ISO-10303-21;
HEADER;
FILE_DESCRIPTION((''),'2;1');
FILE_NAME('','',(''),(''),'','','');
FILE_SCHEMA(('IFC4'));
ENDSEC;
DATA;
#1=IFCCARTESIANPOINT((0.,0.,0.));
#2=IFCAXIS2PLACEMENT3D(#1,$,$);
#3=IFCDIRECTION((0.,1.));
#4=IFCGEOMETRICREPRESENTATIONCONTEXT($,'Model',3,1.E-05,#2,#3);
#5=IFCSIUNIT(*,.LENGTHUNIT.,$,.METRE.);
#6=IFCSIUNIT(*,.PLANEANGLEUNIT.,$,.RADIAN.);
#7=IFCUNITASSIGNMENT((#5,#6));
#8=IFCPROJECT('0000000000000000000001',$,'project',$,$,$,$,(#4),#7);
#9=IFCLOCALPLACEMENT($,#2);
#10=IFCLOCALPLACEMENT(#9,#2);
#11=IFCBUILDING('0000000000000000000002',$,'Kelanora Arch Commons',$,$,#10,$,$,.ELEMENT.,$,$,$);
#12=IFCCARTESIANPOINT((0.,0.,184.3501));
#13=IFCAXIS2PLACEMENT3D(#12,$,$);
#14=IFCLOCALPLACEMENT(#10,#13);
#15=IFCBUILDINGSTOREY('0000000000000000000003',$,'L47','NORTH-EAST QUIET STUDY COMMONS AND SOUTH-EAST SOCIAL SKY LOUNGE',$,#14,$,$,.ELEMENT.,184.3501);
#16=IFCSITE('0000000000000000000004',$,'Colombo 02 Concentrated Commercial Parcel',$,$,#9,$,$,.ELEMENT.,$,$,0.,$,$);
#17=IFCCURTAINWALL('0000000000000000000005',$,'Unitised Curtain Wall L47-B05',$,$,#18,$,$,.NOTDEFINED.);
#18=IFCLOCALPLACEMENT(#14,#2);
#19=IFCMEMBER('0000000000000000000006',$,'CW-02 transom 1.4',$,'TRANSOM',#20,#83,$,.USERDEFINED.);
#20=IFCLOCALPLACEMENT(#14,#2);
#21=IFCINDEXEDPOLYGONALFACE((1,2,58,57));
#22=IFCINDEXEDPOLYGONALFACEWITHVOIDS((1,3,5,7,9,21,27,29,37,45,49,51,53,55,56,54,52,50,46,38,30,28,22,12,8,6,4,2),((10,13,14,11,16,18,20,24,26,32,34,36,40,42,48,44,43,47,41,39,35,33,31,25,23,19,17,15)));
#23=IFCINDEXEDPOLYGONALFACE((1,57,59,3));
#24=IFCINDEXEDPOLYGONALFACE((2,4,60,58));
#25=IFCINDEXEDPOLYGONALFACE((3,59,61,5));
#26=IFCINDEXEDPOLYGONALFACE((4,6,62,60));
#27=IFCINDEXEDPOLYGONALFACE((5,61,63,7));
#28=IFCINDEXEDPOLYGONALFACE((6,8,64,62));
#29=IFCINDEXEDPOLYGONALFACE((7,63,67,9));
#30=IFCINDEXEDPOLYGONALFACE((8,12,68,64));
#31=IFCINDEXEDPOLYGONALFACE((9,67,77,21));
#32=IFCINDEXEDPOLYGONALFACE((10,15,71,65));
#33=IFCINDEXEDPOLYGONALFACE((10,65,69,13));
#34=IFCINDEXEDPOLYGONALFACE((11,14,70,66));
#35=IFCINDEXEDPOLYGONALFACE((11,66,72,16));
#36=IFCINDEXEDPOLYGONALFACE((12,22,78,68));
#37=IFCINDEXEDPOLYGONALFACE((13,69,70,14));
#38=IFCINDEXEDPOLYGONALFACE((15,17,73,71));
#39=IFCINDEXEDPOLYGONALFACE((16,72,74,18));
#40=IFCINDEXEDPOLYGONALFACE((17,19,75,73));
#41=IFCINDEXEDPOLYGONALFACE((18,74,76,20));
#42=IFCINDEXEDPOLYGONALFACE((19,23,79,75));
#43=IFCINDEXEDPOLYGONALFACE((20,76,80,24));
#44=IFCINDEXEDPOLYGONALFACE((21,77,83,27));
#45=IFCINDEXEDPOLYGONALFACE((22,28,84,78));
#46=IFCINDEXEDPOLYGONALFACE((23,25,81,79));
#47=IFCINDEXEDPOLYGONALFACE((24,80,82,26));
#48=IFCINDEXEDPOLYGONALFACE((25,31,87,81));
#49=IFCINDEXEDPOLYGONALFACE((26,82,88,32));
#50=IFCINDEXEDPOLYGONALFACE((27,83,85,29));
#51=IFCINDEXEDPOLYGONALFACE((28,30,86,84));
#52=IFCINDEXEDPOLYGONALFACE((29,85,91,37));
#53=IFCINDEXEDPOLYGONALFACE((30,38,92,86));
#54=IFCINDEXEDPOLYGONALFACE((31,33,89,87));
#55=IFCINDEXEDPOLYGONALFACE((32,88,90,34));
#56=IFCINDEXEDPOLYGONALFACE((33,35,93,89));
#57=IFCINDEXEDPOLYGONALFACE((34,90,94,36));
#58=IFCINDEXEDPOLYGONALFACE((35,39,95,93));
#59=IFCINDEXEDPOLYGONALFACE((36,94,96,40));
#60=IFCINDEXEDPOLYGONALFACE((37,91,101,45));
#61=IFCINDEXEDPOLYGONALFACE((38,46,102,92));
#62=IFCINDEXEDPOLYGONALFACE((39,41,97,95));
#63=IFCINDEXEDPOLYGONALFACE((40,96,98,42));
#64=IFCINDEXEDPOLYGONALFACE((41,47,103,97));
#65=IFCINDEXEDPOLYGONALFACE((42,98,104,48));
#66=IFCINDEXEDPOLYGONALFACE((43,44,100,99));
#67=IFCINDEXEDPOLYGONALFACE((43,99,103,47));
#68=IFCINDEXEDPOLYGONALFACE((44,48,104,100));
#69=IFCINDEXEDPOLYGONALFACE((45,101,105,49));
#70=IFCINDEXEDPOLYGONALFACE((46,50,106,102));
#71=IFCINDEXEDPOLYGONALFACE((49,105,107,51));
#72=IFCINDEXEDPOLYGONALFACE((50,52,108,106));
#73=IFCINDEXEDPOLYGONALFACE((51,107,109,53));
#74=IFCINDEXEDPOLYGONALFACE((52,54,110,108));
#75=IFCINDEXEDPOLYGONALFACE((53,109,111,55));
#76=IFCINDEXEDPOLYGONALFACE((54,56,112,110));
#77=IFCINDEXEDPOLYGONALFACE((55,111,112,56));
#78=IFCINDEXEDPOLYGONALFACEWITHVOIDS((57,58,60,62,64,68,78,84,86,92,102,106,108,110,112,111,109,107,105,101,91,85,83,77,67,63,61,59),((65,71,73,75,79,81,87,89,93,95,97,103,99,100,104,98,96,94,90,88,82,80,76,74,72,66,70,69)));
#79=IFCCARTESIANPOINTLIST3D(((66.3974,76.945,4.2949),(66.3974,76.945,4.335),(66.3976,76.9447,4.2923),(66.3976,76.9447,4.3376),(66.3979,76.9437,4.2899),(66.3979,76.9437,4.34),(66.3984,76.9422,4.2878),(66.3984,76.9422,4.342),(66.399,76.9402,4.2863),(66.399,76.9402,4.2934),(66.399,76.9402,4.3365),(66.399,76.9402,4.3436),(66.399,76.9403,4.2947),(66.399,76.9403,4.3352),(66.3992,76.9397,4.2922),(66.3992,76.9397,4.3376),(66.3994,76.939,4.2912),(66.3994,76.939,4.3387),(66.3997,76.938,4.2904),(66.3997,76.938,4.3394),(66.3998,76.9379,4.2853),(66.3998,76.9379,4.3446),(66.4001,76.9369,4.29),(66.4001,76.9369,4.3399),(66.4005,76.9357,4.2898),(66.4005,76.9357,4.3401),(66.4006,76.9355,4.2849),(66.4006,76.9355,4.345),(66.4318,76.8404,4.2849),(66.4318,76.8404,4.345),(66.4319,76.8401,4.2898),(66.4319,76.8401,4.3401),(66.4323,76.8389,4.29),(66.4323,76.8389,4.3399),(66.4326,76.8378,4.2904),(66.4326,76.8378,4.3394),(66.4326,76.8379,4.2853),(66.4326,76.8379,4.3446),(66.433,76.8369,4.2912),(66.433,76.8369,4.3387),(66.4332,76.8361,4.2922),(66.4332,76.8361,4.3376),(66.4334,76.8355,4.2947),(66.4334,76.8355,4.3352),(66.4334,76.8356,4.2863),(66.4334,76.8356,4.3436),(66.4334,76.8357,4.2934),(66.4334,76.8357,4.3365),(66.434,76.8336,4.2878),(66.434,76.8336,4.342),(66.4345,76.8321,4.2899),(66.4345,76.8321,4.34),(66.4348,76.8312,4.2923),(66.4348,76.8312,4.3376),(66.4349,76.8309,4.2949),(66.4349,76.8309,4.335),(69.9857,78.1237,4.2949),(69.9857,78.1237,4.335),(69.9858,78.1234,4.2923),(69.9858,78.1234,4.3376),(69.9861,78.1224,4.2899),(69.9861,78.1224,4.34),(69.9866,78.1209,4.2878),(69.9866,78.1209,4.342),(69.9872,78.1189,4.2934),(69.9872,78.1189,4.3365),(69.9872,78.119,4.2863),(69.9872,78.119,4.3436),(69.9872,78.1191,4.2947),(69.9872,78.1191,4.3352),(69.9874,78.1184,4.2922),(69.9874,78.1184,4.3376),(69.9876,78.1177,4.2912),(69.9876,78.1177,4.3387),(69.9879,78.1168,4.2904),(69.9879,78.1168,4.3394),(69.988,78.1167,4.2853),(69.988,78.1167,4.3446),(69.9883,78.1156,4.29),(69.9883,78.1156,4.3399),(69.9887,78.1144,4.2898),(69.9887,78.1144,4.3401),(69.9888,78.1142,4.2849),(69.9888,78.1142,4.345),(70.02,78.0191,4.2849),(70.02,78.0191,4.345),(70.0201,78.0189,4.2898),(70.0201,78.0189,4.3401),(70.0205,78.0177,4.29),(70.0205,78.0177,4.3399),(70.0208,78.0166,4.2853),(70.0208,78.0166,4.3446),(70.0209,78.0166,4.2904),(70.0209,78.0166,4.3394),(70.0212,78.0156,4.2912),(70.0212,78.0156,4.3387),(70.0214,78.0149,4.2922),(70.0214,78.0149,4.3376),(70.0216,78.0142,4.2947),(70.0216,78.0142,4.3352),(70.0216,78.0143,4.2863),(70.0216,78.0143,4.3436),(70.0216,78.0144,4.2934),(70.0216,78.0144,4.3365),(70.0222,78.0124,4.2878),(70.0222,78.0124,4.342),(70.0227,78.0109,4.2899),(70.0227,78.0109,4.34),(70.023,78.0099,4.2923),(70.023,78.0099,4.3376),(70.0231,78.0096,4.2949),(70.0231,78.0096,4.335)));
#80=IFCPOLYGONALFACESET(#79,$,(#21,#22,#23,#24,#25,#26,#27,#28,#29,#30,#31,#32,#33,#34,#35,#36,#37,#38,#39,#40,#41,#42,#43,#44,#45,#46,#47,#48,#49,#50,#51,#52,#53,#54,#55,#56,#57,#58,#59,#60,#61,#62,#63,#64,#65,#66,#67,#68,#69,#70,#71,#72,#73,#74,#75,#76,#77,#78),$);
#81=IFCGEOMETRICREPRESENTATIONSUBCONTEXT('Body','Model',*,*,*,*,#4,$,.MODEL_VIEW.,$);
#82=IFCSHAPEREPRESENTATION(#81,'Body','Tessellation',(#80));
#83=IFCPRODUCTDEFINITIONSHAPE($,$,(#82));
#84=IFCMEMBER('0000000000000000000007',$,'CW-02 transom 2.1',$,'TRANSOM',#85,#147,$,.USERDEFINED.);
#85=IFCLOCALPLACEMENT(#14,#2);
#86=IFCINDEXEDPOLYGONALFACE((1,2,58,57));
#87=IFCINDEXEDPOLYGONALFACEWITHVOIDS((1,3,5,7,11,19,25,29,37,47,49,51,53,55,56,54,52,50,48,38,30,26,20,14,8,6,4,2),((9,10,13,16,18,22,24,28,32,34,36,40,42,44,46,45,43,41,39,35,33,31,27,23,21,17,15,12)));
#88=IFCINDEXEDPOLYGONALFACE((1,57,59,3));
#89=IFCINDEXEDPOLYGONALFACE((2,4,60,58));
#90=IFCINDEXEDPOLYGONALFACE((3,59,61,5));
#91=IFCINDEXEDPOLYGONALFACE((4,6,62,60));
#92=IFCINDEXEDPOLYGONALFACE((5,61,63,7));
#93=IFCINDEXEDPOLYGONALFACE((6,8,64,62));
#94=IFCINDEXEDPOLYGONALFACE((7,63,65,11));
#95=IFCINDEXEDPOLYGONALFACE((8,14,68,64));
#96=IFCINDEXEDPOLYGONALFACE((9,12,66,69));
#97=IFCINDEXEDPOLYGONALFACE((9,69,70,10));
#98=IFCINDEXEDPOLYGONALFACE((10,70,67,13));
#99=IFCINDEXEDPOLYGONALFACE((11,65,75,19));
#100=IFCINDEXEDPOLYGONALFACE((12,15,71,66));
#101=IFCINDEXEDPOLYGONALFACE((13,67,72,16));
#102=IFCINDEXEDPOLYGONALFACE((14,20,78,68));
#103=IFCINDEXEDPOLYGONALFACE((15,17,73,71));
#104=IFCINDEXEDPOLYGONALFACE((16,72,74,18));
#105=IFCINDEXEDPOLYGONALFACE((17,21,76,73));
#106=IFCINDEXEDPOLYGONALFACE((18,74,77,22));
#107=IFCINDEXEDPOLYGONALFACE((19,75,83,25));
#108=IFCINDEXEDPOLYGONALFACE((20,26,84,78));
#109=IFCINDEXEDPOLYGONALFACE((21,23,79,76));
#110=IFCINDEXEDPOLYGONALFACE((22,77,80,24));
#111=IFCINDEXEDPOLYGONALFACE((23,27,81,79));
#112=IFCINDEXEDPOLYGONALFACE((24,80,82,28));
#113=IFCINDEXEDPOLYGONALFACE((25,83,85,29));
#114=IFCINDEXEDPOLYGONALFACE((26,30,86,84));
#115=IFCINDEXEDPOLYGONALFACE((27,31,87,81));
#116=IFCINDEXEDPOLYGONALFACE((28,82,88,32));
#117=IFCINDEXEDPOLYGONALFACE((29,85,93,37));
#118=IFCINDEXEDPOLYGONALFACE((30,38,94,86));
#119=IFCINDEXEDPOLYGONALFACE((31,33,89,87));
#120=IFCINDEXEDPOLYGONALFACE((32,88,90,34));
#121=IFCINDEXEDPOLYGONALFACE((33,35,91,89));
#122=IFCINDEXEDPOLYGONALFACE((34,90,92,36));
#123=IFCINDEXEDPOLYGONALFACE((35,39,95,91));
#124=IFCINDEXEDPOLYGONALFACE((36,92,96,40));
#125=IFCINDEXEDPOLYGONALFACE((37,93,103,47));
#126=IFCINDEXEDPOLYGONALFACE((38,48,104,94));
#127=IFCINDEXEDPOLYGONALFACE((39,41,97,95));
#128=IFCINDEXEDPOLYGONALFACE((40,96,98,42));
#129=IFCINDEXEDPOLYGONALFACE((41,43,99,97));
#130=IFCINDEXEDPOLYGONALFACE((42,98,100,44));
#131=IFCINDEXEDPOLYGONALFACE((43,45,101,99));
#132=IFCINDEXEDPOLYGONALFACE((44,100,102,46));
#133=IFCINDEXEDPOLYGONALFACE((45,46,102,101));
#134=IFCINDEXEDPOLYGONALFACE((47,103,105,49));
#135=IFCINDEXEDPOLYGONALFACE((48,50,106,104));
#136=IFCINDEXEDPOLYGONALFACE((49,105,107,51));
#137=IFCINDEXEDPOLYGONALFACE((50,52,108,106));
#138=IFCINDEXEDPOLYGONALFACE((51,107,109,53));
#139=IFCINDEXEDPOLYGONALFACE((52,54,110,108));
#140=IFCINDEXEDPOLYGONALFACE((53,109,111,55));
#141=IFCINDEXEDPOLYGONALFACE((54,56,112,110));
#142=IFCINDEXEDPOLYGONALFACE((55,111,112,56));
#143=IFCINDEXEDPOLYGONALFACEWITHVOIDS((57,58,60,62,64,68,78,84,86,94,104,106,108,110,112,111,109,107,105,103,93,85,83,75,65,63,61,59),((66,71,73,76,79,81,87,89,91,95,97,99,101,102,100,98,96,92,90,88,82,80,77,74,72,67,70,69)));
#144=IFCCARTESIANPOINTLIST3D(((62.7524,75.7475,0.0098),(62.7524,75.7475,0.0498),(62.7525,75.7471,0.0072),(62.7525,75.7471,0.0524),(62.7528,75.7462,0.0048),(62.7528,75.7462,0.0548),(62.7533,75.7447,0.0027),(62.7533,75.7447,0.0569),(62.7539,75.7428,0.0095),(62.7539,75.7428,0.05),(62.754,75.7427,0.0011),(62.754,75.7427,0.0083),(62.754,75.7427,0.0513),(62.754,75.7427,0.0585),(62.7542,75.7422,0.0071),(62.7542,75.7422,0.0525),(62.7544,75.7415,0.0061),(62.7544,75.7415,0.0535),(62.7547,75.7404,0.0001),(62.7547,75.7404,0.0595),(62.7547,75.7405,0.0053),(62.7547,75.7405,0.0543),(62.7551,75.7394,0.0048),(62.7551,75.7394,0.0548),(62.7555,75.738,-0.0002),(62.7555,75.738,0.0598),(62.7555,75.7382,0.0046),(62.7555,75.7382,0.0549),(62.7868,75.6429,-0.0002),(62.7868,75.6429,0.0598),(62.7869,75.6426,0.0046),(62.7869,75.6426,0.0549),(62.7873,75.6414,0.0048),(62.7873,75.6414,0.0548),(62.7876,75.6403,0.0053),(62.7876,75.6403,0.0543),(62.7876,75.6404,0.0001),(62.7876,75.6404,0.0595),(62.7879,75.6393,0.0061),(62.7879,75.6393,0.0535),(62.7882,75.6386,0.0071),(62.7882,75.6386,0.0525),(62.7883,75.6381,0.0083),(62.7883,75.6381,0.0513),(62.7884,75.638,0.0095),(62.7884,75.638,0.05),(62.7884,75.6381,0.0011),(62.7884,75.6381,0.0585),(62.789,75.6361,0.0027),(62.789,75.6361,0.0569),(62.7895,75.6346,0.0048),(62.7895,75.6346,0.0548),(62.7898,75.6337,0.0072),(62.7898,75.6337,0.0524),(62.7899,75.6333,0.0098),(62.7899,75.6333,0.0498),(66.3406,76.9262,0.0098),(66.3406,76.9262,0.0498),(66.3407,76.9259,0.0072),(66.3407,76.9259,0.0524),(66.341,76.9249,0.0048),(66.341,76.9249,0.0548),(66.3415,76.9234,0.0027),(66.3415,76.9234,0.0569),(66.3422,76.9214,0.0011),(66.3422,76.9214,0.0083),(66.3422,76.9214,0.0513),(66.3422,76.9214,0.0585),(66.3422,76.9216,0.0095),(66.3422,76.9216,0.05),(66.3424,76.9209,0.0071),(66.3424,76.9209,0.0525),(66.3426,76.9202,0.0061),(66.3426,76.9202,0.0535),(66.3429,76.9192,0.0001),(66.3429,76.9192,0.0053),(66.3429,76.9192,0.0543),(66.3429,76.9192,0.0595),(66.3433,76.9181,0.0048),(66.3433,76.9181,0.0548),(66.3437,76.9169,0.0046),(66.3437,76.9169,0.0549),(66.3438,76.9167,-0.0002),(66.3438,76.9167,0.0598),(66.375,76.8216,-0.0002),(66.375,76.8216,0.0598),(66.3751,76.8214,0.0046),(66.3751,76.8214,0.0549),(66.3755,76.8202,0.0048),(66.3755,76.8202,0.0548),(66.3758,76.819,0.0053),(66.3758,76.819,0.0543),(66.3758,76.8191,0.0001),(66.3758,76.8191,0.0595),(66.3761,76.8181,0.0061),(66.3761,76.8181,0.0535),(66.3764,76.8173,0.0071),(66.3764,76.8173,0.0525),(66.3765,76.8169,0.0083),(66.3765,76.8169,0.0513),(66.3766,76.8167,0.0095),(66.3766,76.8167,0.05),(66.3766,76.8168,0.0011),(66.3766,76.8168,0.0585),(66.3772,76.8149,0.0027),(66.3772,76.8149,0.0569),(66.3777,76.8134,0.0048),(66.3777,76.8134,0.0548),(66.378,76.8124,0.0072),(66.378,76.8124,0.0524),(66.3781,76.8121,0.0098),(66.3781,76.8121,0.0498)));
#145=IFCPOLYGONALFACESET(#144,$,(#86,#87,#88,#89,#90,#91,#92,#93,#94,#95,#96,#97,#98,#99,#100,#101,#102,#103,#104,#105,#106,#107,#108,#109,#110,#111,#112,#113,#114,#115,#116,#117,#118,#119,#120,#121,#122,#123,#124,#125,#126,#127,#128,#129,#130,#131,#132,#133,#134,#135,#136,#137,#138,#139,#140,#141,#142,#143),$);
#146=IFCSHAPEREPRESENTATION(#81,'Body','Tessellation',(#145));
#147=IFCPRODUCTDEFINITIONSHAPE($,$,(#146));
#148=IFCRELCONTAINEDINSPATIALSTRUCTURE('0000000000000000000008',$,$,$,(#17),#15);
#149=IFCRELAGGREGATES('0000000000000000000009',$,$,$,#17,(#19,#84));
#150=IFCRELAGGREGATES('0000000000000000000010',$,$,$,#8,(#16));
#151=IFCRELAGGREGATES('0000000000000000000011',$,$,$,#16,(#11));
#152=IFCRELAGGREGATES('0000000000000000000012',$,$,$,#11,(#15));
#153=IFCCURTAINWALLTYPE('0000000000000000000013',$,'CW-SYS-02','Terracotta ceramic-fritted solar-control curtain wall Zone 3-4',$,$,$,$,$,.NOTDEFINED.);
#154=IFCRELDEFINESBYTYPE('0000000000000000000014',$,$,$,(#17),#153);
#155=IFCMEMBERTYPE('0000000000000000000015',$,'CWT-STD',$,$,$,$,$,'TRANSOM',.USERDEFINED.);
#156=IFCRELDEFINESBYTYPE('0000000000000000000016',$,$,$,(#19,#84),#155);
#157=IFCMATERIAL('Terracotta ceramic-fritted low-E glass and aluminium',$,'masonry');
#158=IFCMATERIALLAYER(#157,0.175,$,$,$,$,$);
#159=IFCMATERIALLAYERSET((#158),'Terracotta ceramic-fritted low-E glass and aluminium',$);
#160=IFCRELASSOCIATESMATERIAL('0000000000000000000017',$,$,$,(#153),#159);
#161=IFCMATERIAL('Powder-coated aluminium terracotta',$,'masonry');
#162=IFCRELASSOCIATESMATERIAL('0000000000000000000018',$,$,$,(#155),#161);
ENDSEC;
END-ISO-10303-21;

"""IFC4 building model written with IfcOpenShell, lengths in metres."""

from ifc_helpers import new_model, si_unit, direction, frame, origin, origin_2d, place, context, subcontext, project, spatial, hollow_rectangle, extrude, material, layer, layer_set, material_profile, profile_set, type_object, element, aggregate, save


model = new_model("IFC4")

# Units and contexts
model_context = context("Model", 3, precision=1e-05, world=origin(), true_north=direction((0.0, 1.0)))
body_context = subcontext(model_context, "Body", "Model", "MODEL_VIEW")
ifc_project = project(units=[si_unit("LENGTHUNIT", "METRE"), si_unit("PLANEANGLEUNIT", "RADIAN")], contexts=[model_context])

# Site, building, storey
site_placement = place(None, origin())
site = spatial("IfcSite", under=ifc_project, at=site_placement, Name="Colombo 02 Concentrated Commercial Parcel", CompositionType="ELEMENT", RefElevation=0.0)
building_placement = place(site_placement, origin())
building = spatial("IfcBuilding", under=site, at=building_placement, Name="Kelanora Arch Commons", CompositionType="ELEMENT")
storey_placement = place(building_placement, frame((0.0, 0.0, 184.3501)))
storey = spatial("IfcBuildingStorey", under=building, at=storey_placement, Name="L47", Description="NORTH-EAST QUIET STUDY COMMONS AND SOUTH-EAST SOCIAL SKY LOUNGE", CompositionType="ELEMENT", Elevation=184.3501)

# Curtain wall, members
ifc_material_1 = material(Name="Terracotta ceramic-fritted low-E glass and aluminium", Category="masonry")
ifc_layer_1 = layer(ifc_material_1, 0.175)
ifc_layer_set_1 = layer_set([ifc_layer_1], Name="Terracotta ceramic-fritted low-E glass and aluminium")
curtain_wall_type = type_object("IfcCurtainWallType", Name="CW-SYS-02", Description="Terracotta ceramic-fritted solar-control curtain wall Zone 3-4", PredefinedType="NOTDEFINED", material=ifc_layer_set_1)
curtain_wall_placement = place(storey_placement, origin())
curtain_wall = element("IfcCurtainWall", 1, at=curtain_wall_placement, inside=storey, type_object=curtain_wall_type, Name="Unitised Curtain Wall L47-B05", PredefinedType="NOTDEFINED")
ifc_material_2 = material(Name="Powder-coated aluminium terracotta", Category="masonry")
ifc_material_profile_1 = material_profile(ifc_material_2, hollow_rectangle(XDim=0.1201, YDim=0.0601, WallThickness=0.0049, InnerFilletRadius=0.0049, OuterFilletRadius=0.01, at=origin_2d()), Name="CWT120x60")
ifc_profile_set_1 = profile_set([ifc_material_profile_1], Name="Powder-coated aluminium terracotta")
member_type_1 = type_object("IfcMemberType", Name="CWT-STD", ElementType="TRANSOM", PredefinedType="USERDEFINED", material=ifc_profile_set_1)
member_1_placement = place(storey_placement, frame((70.0044, 78.0667, 4.3149), z_axis=(-0.950051, -0.312094, 0.0), x_axis=(0.312094, -0.950051, 0.0)))
member_1 = element("IfcMember", 2, at=member_1_placement, type_object=member_type_1, Name="CW-02 transom 1.4", ObjectType="TRANSOM", PredefinedType="USERDEFINED", context=body_context, shape_type="SweptSolid", body=[
    extrude(hollow_rectangle(XDim=0.1201, YDim=0.0601, WallThickness=0.0049, InnerFilletRadius=0.0049, OuterFilletRadius=0.01, at=origin_2d()), origin(), (0.0, 0.0, 1.0), 3.7769),
])
member_2_placement = place(storey_placement, frame((66.3594, 76.8691, 0.0298), z_axis=(-0.950051, -0.312094, 0.0), x_axis=(0.312094, -0.950051, 0.0)))
member_2 = element("IfcMember", 3, at=member_2_placement, type_object=member_type_1, Name="CW-02 transom 2.1", ObjectType="TRANSOM", PredefinedType="USERDEFINED", context=body_context, shape_type="SweptSolid", body=[
    extrude(hollow_rectangle(XDim=0.1201, YDim=0.0601, WallThickness=0.0049, InnerFilletRadius=0.0049, OuterFilletRadius=0.01, at=origin_2d()), origin(), (0.0, 0.0, 1.0), 3.7769),
])
aggregate(curtain_wall, [member_1, member_2])

save(model, "model.ifc")
